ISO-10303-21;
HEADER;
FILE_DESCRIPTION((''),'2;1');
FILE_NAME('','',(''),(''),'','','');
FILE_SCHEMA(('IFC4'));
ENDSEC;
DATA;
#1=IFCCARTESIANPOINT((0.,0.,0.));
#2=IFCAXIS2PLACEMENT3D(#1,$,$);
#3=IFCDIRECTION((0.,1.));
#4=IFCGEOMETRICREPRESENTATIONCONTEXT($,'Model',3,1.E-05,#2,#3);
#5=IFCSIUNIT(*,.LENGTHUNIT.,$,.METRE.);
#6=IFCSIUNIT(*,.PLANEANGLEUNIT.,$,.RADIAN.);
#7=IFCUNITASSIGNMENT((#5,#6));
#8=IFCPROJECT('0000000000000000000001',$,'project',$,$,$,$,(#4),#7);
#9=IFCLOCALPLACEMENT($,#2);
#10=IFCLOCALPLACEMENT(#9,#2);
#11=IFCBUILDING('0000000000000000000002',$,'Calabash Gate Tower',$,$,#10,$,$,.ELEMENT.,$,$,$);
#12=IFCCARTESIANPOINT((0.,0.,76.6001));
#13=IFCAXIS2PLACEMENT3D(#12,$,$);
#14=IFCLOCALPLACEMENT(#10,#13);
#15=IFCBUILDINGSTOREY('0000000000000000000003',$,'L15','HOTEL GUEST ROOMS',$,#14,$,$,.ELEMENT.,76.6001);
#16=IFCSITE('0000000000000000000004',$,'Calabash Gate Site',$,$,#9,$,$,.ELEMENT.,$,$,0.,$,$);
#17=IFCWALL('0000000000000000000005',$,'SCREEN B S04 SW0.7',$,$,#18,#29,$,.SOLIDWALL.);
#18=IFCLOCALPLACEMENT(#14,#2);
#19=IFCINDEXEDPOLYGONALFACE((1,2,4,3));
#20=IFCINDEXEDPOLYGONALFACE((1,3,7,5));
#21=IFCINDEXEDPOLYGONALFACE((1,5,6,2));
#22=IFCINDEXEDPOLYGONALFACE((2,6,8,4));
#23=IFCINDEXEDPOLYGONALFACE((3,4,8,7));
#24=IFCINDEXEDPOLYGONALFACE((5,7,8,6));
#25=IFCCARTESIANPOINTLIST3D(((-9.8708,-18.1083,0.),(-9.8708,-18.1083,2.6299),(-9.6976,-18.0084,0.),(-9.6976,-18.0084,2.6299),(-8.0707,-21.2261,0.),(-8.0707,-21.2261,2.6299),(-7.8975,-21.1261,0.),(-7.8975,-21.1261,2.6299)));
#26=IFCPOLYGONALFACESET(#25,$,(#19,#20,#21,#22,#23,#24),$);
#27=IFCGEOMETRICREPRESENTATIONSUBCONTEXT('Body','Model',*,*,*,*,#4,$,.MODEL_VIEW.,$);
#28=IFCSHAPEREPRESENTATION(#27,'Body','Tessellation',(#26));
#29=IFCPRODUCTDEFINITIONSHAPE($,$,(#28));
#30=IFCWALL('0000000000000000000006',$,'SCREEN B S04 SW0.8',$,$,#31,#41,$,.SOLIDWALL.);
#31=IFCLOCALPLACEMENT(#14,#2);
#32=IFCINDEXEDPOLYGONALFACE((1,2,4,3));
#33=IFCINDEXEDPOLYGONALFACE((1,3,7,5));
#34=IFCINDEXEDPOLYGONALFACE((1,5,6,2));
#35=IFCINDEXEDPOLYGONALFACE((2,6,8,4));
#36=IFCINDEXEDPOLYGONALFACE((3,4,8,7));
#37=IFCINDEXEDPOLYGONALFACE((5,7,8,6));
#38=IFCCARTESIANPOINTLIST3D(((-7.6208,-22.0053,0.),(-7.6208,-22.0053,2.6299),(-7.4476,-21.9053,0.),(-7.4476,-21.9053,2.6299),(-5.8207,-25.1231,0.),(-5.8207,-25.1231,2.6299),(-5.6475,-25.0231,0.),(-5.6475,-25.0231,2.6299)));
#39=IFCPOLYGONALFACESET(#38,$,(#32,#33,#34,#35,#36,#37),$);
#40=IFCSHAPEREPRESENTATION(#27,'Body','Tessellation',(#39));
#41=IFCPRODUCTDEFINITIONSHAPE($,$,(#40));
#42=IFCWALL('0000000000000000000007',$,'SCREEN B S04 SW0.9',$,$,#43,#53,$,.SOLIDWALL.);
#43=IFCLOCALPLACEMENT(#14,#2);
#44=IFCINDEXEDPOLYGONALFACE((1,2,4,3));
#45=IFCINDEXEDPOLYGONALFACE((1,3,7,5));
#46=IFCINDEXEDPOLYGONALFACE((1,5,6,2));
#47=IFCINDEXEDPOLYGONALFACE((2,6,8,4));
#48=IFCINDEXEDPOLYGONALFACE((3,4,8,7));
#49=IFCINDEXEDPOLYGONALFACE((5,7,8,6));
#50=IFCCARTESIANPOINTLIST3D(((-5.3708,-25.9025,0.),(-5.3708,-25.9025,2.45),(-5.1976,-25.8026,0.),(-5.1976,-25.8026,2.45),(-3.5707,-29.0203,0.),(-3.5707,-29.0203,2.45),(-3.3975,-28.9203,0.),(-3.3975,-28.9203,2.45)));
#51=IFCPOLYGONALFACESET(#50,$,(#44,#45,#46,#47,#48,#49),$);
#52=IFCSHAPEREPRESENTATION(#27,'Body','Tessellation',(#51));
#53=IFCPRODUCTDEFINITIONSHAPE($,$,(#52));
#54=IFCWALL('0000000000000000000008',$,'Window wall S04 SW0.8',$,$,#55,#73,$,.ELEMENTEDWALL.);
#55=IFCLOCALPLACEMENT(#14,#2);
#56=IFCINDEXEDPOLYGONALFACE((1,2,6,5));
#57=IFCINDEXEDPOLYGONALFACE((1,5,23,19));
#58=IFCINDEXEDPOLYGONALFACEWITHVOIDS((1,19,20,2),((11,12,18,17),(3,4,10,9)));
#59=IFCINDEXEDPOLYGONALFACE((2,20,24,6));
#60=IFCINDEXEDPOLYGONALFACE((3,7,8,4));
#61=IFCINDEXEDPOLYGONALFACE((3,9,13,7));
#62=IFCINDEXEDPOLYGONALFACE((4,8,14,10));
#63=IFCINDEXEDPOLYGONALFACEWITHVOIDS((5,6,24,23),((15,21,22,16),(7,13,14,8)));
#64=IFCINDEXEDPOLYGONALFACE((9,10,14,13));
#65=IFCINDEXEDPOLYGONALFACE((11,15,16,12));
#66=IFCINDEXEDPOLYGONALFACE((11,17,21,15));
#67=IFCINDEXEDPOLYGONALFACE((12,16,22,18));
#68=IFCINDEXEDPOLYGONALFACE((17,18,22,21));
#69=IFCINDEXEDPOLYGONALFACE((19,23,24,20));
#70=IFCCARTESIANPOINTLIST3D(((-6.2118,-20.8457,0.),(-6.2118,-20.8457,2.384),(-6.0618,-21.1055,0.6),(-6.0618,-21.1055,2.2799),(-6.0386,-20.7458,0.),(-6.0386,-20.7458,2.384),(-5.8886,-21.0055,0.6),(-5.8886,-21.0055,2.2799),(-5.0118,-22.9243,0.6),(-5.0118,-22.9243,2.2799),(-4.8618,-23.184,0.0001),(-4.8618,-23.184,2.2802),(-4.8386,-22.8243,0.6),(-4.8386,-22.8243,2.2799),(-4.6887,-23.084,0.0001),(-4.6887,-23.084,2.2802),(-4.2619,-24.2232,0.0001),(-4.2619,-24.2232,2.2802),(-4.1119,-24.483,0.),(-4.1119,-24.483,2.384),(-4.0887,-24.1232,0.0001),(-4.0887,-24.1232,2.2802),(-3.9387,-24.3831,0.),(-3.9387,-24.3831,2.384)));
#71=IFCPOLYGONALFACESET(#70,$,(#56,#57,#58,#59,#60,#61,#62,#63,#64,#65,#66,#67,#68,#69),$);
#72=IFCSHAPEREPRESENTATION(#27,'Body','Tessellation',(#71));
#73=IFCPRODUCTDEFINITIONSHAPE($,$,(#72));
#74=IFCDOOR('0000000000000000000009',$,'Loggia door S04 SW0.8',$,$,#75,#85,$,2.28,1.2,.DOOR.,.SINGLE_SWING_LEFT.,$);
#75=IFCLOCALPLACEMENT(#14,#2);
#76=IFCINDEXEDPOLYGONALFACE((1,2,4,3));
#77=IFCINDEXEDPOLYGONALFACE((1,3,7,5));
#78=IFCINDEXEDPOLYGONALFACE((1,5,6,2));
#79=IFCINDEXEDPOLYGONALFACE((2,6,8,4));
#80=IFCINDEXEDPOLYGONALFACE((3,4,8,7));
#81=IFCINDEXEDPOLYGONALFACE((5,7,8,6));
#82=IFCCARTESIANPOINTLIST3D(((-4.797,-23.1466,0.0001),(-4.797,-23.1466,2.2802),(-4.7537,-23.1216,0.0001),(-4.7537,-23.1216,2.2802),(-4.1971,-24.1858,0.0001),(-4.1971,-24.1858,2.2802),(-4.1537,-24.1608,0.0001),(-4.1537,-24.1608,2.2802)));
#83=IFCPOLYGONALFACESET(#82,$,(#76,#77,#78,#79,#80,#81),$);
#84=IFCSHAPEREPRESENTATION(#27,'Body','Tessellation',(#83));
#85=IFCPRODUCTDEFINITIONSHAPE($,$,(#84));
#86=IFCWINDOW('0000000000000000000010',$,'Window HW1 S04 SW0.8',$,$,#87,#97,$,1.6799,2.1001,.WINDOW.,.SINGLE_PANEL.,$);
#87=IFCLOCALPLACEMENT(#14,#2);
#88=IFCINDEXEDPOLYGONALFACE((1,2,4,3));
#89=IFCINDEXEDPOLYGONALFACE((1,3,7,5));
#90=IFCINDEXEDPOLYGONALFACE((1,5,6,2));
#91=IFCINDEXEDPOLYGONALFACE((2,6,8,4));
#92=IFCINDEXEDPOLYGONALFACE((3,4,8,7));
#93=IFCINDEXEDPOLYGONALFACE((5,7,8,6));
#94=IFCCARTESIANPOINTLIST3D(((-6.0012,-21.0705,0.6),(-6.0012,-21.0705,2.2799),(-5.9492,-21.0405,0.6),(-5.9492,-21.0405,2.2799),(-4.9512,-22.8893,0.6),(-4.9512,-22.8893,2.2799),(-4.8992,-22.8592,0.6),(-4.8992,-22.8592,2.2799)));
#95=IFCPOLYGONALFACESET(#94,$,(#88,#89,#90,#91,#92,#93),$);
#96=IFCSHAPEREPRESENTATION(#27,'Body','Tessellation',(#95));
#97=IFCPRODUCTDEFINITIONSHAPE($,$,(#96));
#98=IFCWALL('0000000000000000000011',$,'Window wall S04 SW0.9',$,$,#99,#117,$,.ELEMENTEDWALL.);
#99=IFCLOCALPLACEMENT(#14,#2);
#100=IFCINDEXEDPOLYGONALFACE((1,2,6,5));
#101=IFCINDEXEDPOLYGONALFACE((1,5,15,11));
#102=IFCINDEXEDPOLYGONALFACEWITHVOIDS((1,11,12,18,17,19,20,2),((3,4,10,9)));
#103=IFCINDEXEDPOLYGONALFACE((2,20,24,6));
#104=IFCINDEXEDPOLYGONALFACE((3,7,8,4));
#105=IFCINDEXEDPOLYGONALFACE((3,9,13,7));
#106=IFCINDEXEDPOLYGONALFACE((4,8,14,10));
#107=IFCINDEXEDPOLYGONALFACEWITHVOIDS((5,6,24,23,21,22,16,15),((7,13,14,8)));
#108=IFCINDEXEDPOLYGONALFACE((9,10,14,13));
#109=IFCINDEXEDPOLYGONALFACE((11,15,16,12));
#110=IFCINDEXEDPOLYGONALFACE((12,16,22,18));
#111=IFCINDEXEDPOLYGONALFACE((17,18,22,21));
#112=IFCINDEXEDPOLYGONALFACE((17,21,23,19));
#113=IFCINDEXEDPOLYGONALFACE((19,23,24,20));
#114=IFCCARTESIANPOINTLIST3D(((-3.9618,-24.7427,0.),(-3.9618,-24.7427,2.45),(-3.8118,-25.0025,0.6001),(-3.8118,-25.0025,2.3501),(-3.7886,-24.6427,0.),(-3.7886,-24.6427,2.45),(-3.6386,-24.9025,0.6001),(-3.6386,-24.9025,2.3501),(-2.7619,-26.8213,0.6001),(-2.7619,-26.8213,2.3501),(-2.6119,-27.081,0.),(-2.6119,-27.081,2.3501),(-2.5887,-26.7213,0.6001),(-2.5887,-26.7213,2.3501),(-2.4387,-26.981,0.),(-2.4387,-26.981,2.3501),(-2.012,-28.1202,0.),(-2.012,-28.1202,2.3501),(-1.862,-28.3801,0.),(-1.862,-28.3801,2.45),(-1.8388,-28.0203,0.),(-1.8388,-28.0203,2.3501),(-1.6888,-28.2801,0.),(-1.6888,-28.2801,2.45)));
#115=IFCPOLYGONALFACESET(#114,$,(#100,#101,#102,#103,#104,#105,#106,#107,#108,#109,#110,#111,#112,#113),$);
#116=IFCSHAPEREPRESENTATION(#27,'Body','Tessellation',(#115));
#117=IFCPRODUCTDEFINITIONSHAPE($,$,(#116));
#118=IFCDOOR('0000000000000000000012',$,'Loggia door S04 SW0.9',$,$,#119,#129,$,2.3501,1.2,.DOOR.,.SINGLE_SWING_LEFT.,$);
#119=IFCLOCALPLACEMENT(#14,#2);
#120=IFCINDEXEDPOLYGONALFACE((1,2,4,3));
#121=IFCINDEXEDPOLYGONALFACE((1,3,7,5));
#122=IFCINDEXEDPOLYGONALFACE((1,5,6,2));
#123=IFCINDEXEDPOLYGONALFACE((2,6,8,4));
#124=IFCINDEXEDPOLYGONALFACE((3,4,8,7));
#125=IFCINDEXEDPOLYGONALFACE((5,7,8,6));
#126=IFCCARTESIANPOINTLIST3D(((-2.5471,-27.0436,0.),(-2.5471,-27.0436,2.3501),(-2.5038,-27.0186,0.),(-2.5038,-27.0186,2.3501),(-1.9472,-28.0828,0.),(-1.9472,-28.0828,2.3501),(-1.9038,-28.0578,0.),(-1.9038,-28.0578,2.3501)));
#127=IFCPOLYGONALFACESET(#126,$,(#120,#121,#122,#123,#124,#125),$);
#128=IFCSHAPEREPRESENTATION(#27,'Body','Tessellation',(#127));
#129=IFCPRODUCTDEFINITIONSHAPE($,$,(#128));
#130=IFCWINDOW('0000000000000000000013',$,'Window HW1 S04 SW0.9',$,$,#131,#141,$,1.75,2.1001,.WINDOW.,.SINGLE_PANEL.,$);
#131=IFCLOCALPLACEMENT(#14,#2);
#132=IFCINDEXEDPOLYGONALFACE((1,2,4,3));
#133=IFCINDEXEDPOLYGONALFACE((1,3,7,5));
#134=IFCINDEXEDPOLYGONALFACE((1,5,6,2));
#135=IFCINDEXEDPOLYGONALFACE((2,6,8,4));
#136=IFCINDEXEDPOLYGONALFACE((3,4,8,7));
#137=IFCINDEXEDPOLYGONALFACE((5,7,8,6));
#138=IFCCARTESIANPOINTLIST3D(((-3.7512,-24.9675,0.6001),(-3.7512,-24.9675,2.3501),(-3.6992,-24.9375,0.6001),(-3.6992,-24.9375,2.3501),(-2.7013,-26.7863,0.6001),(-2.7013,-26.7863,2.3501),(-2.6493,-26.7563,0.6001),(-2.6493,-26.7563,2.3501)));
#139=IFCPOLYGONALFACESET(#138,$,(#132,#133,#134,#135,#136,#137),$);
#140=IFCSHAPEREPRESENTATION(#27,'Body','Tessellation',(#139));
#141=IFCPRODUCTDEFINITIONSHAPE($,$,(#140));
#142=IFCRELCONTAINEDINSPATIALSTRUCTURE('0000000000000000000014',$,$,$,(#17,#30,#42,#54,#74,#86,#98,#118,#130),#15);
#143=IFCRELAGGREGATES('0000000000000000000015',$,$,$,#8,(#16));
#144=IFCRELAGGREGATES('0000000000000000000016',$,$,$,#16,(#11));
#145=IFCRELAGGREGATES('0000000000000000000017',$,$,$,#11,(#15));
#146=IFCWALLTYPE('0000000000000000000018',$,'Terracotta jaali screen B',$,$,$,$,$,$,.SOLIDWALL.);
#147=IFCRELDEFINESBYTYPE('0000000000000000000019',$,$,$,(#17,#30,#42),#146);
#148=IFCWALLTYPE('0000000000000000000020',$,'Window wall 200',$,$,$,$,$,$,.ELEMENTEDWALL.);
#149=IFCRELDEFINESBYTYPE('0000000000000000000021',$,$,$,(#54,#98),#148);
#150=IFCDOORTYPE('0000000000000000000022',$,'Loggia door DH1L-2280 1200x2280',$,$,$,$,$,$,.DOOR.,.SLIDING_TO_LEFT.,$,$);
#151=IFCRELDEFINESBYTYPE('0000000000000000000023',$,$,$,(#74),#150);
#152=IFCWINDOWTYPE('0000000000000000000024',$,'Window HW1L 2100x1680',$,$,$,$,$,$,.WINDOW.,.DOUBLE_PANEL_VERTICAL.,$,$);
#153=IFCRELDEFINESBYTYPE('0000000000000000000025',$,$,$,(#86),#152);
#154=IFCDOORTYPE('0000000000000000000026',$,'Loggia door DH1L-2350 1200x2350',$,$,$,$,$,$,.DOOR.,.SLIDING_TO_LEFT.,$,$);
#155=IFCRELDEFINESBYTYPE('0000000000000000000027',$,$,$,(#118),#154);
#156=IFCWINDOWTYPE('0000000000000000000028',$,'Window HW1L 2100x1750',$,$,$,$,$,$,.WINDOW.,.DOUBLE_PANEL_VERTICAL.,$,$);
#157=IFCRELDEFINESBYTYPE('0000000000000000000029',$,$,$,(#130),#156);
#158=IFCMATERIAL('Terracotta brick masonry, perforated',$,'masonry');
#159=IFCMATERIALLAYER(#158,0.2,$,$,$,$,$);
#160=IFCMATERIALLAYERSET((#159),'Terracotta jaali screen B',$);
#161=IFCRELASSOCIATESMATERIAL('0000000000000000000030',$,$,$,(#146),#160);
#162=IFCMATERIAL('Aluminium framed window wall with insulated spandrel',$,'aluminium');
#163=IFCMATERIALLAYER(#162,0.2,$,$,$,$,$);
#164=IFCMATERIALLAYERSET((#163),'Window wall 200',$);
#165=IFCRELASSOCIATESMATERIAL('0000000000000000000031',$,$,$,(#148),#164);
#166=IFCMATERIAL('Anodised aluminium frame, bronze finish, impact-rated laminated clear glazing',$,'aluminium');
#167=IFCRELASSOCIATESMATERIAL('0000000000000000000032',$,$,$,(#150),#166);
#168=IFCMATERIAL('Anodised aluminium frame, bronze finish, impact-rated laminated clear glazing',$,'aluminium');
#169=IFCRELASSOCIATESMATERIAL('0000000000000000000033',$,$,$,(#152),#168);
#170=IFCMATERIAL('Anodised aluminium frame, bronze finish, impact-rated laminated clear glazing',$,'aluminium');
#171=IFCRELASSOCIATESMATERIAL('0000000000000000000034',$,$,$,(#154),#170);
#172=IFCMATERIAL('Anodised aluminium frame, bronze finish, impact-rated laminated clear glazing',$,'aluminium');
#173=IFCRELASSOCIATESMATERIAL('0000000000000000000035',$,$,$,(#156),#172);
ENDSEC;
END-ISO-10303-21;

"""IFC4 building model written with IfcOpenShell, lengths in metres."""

from ifc_helpers import new_model, si_unit, direction, frame, frame_2d, origin, place, context, subcontext, project, spatial, rectangle, extrude, material, layer, layer_set, type_object, element, fill, save


model = new_model("IFC4")

# Units and contexts
model_context = context("Model", 3, precision=1e-05, world=origin(), true_north=direction((0.0, 1.0)))
body_context = subcontext(model_context, "Body", "Model", "MODEL_VIEW")
ifc_project = project(units=[si_unit("LENGTHUNIT", "METRE"), si_unit("PLANEANGLEUNIT", "RADIAN")], contexts=[model_context])

# Site, building, storey
site_placement = place(None, origin())
site = spatial("IfcSite", under=ifc_project, at=site_placement, Name="Calabash Gate Site", CompositionType="ELEMENT", RefElevation=0.0)
building_placement = place(site_placement, origin())
building = spatial("IfcBuilding", under=site, at=building_placement, Name="Calabash Gate Tower", CompositionType="ELEMENT")
storey_placement = place(building_placement, frame((0.0, 0.0, 76.6001)))
storey = spatial("IfcBuildingStorey", under=building, at=storey_placement, Name="L15", Description="HOTEL GUEST ROOMS", CompositionType="ELEMENT", Elevation=76.6001)

# Walls
ifc_material_1 = material(Name="Terracotta brick masonry, perforated", Category="masonry")
ifc_layer_1 = layer(ifc_material_1, 0.2)
ifc_layer_set_1 = layer_set([ifc_layer_1], Name="Terracotta jaali screen B")
wall_type_1 = type_object("IfcWallType", Name="Terracotta jaali screen B", PredefinedType="SOLIDWALL", material=ifc_layer_set_1)
for number, where, z_axis, x_axis, name in (
    (1, (-9.7842, -18.0583, 0.0), (0.0, 0.0, 1.0), (0.500012, -0.866018, 0.0), "SCREEN B S04 SW0.7"),
    (2, (-7.5342, -21.9553, 0.0), (0.0, 0.0, 1.0), (0.500012, -0.866018, 0.0), "SCREEN B S04 SW0.8"),
):
    element("IfcWall", number, at=place(storey_placement, frame(where, z_axis=z_axis, x_axis=x_axis)), inside=storey, type_object=wall_type_1, Name=name, PredefinedType="SOLIDWALL", context=body_context, shape_type="SweptSolid", body=[
        extrude(rectangle(XDim=3.6001, YDim=0.2, at=frame_2d((1.8, 0.0))), origin(), (0.0, 0.0, 1.0), 2.6299),
    ])
wall_1_placement = place(storey_placement, frame((-5.2842, -25.8525, 0.0), z_axis=(0.0, 0.0, 1.0), x_axis=(0.500012, -0.866018, 0.0)))
element("IfcWall", 3, at=wall_1_placement, inside=storey, type_object=wall_type_1, Name="SCREEN B S04 SW0.9", PredefinedType="SOLIDWALL", context=body_context, shape_type="SweptSolid", body=[
    extrude(rectangle(XDim=3.6001, YDim=0.2, at=frame_2d((1.8, 0.0))), origin(), (0.0, 0.0, 1.0), 2.45),
])

# Walls, openings, doors, windows
ifc_material_2 = material(Name="Aluminium framed window wall with insulated spandrel", Category="aluminium")
ifc_layer_2 = layer(ifc_material_2, 0.2)
ifc_layer_set_2 = layer_set([ifc_layer_2], Name="Window wall 200")
wall_type_2 = type_object("IfcWallType", Name="Window wall 200", PredefinedType="ELEMENTEDWALL", material=ifc_layer_set_2)
wall_2_placement = place(storey_placement, frame((-6.1252, -20.7957, 0.0), z_axis=(0.0, 0.0, 1.0), x_axis=(0.499984, -0.866035, 0.0)))
wall_2 = element("IfcWall", 4, at=wall_2_placement, inside=storey, type_object=wall_type_2, Name="Window wall S04 SW0.8", PredefinedType="ELEMENTEDWALL", context=body_context, shape_type="SweptSolid", body=[
    extrude(rectangle(XDim=4.2, YDim=0.2, at=frame_2d((2.1001, 0.0))), origin(), (0.0, 0.0, 1.0), 2.384),
])
opening_1_placement = place(wall_2_placement, frame((0.3, 0.0, 0.6001)))
opening_1 = element("IfcOpeningElement", 5, at=opening_1_placement, cuts=wall_2, PredefinedType="OPENING", context=body_context, shape_type="SweptSolid", body=[
    extrude(rectangle(XDim=2.1001, YDim=1.6799, at=frame_2d((1.05, 0.8398))), frame((0.0, 0.1099, 0.0), z_axis=(0.0, -1.0, 0.0), x_axis=(1.0, 0.0, 0.0)), (0.0, 0.0, 1.0), 0.22),
])
opening_2_placement = place(wall_2_placement, frame((2.7, 0.0, 0.0)))
opening_2 = element("IfcOpeningElement", 6, at=opening_2_placement, cuts=wall_2, PredefinedType="OPENING", context=body_context, shape_type="SweptSolid", body=[
    extrude(rectangle(XDim=1.2, YDim=2.28, at=frame_2d((0.6001, 1.1401))), frame((0.0, 0.1099, 0.0), z_axis=(0.0, -1.0, 0.0), x_axis=(1.0, 0.0, 0.0)), (0.0, 0.0, 1.0), 0.22),
])
ifc_material_3 = material(Name="Anodised aluminium frame, bronze finish, impact-rated laminated clear glazing", Category="aluminium")
door_type_1 = type_object("IfcDoorType", Name="Loggia door DH1L-2280 1200x2280", OperationType="SLIDING_TO_LEFT", PredefinedType="DOOR", material=ifc_material_3)
door_1_placement = place(opening_2_placement, origin())
door_1 = element("IfcDoor", 7, at=door_1_placement, inside=storey, type_object=door_type_1, Name="Loggia door S04 SW0.8", OperationType="SINGLE_SWING_LEFT", OverallHeight=2.28, OverallWidth=1.2, PredefinedType="DOOR", context=body_context, shape_type="SweptSolid", body=[
    extrude(rectangle(XDim=1.2, YDim=2.28, at=frame_2d((0.6001, 1.1401))), frame((0.0, 0.0249, 0.0), z_axis=(0.0, -1.0, 0.0), x_axis=(1.0, 0.0, 0.0)), (0.0, 0.0, 1.0), 0.05),
])
fill(opening_2, door_1)
ifc_material_4 = material(Name="Anodised aluminium frame, bronze finish, impact-rated laminated clear glazing", Category="aluminium")
window_type_1 = type_object("IfcWindowType", Name="Window HW1L 2100x1680", PartitioningType="DOUBLE_PANEL_VERTICAL", PredefinedType="WINDOW", material=ifc_material_4)
window_1_placement = place(opening_1_placement, origin())
window_1 = element("IfcWindow", 8, at=window_1_placement, inside=storey, type_object=window_type_1, Name="Window HW1 S04 SW0.8", OverallHeight=1.6799, OverallWidth=2.1001, PartitioningType="SINGLE_PANEL", PredefinedType="WINDOW", context=body_context, shape_type="SweptSolid", body=[
    extrude(rectangle(XDim=2.1001, YDim=1.6799, at=frame_2d((1.05, 0.8398))), frame((0.0, 0.03, 0.0), z_axis=(0.0, -1.0, 0.0), x_axis=(1.0, 0.0, 0.0)), (0.0, 0.0, 1.0), 0.0601),
])
fill(opening_1, window_1)
wall_3_placement = place(storey_placement, frame((-3.8752, -24.6926, 0.0), z_axis=(0.0, 0.0, 1.0), x_axis=(0.499959, -0.866049, 0.0)))
wall_3 = element("IfcWall", 9, at=wall_3_placement, inside=storey, type_object=wall_type_2, Name="Window wall S04 SW0.9", PredefinedType="ELEMENTEDWALL", context=body_context, shape_type="SweptSolid", body=[
    extrude(rectangle(XDim=4.2, YDim=0.2, at=frame_2d((2.1001, 0.0))), origin(), (0.0, 0.0, 1.0), 2.45),
])
opening_3_placement = place(wall_3_placement, frame((0.3, 0.0, 0.6001)))
opening_3 = element("IfcOpeningElement", 10, at=opening_3_placement, cuts=wall_3, PredefinedType="OPENING", context=body_context, shape_type="SweptSolid", body=[
    extrude(rectangle(XDim=2.1001, YDim=1.75, at=frame_2d((1.05, 0.875))), frame((0.0, 0.1099, 0.0), z_axis=(0.0, -1.0, 0.0), x_axis=(1.0, 0.0, 0.0)), (0.0, 0.0, 1.0), 0.22),
])
opening_4_placement = place(wall_3_placement, frame((2.7, 0.0, 0.0)))
opening_4 = element("IfcOpeningElement", 11, at=opening_4_placement, cuts=wall_3, PredefinedType="OPENING", context=body_context, shape_type="SweptSolid", body=[
    extrude(rectangle(XDim=1.2, YDim=2.3501, at=frame_2d((0.6001, 1.175))), frame((0.0, 0.1099, 0.0), z_axis=(0.0, -1.0, 0.0), x_axis=(1.0, 0.0, 0.0)), (0.0, 0.0, 1.0), 0.22),
])
ifc_material_5 = material(Name="Anodised aluminium frame, bronze finish, impact-rated laminated clear glazing", Category="aluminium")
door_type_2 = type_object("IfcDoorType", Name="Loggia door DH1L-2350 1200x2350", OperationType="SLIDING_TO_LEFT", PredefinedType="DOOR", material=ifc_material_5)
door_2_placement = place(opening_4_placement, origin())
door_2 = element("IfcDoor", 12, at=door_2_placement, inside=storey, type_object=door_type_2, Name="Loggia door S04 SW0.9", OperationType="SINGLE_SWING_LEFT", OverallHeight=2.3501, OverallWidth=1.2, PredefinedType="DOOR", context=body_context, shape_type="SweptSolid", body=[
    extrude(rectangle(XDim=1.2, YDim=2.3501, at=frame_2d((0.6001, 1.175))), frame((0.0, 0.0249, 0.0), z_axis=(0.0, -1.0, 0.0), x_axis=(1.0, 0.0, 0.0)), (0.0, 0.0, 1.0), 0.05),
])
fill(opening_4, door_2)
ifc_material_6 = material(Name="Anodised aluminium frame, bronze finish, impact-rated laminated clear glazing", Category="aluminium")
window_type_2 = type_object("IfcWindowType", Name="Window HW1L 2100x1750", PartitioningType="DOUBLE_PANEL_VERTICAL", PredefinedType="WINDOW", material=ifc_material_6)
window_2_placement = place(opening_3_placement, origin())
window_2 = element("IfcWindow", 13, at=window_2_placement, inside=storey, type_object=window_type_2, Name="Window HW1 S04 SW0.9", OverallHeight=1.75, OverallWidth=2.1001, PartitioningType="SINGLE_PANEL", PredefinedType="WINDOW", context=body_context, shape_type="SweptSolid", body=[
    extrude(rectangle(XDim=2.1001, YDim=1.75, at=frame_2d((1.05, 0.875))), frame((0.0, 0.03, 0.0), z_axis=(0.0, -1.0, 0.0), x_axis=(1.0, 0.0, 0.0)), (0.0, 0.0, 1.0), 0.0601),
])
fill(opening_3, window_2)

save(model, "model.ifc")
